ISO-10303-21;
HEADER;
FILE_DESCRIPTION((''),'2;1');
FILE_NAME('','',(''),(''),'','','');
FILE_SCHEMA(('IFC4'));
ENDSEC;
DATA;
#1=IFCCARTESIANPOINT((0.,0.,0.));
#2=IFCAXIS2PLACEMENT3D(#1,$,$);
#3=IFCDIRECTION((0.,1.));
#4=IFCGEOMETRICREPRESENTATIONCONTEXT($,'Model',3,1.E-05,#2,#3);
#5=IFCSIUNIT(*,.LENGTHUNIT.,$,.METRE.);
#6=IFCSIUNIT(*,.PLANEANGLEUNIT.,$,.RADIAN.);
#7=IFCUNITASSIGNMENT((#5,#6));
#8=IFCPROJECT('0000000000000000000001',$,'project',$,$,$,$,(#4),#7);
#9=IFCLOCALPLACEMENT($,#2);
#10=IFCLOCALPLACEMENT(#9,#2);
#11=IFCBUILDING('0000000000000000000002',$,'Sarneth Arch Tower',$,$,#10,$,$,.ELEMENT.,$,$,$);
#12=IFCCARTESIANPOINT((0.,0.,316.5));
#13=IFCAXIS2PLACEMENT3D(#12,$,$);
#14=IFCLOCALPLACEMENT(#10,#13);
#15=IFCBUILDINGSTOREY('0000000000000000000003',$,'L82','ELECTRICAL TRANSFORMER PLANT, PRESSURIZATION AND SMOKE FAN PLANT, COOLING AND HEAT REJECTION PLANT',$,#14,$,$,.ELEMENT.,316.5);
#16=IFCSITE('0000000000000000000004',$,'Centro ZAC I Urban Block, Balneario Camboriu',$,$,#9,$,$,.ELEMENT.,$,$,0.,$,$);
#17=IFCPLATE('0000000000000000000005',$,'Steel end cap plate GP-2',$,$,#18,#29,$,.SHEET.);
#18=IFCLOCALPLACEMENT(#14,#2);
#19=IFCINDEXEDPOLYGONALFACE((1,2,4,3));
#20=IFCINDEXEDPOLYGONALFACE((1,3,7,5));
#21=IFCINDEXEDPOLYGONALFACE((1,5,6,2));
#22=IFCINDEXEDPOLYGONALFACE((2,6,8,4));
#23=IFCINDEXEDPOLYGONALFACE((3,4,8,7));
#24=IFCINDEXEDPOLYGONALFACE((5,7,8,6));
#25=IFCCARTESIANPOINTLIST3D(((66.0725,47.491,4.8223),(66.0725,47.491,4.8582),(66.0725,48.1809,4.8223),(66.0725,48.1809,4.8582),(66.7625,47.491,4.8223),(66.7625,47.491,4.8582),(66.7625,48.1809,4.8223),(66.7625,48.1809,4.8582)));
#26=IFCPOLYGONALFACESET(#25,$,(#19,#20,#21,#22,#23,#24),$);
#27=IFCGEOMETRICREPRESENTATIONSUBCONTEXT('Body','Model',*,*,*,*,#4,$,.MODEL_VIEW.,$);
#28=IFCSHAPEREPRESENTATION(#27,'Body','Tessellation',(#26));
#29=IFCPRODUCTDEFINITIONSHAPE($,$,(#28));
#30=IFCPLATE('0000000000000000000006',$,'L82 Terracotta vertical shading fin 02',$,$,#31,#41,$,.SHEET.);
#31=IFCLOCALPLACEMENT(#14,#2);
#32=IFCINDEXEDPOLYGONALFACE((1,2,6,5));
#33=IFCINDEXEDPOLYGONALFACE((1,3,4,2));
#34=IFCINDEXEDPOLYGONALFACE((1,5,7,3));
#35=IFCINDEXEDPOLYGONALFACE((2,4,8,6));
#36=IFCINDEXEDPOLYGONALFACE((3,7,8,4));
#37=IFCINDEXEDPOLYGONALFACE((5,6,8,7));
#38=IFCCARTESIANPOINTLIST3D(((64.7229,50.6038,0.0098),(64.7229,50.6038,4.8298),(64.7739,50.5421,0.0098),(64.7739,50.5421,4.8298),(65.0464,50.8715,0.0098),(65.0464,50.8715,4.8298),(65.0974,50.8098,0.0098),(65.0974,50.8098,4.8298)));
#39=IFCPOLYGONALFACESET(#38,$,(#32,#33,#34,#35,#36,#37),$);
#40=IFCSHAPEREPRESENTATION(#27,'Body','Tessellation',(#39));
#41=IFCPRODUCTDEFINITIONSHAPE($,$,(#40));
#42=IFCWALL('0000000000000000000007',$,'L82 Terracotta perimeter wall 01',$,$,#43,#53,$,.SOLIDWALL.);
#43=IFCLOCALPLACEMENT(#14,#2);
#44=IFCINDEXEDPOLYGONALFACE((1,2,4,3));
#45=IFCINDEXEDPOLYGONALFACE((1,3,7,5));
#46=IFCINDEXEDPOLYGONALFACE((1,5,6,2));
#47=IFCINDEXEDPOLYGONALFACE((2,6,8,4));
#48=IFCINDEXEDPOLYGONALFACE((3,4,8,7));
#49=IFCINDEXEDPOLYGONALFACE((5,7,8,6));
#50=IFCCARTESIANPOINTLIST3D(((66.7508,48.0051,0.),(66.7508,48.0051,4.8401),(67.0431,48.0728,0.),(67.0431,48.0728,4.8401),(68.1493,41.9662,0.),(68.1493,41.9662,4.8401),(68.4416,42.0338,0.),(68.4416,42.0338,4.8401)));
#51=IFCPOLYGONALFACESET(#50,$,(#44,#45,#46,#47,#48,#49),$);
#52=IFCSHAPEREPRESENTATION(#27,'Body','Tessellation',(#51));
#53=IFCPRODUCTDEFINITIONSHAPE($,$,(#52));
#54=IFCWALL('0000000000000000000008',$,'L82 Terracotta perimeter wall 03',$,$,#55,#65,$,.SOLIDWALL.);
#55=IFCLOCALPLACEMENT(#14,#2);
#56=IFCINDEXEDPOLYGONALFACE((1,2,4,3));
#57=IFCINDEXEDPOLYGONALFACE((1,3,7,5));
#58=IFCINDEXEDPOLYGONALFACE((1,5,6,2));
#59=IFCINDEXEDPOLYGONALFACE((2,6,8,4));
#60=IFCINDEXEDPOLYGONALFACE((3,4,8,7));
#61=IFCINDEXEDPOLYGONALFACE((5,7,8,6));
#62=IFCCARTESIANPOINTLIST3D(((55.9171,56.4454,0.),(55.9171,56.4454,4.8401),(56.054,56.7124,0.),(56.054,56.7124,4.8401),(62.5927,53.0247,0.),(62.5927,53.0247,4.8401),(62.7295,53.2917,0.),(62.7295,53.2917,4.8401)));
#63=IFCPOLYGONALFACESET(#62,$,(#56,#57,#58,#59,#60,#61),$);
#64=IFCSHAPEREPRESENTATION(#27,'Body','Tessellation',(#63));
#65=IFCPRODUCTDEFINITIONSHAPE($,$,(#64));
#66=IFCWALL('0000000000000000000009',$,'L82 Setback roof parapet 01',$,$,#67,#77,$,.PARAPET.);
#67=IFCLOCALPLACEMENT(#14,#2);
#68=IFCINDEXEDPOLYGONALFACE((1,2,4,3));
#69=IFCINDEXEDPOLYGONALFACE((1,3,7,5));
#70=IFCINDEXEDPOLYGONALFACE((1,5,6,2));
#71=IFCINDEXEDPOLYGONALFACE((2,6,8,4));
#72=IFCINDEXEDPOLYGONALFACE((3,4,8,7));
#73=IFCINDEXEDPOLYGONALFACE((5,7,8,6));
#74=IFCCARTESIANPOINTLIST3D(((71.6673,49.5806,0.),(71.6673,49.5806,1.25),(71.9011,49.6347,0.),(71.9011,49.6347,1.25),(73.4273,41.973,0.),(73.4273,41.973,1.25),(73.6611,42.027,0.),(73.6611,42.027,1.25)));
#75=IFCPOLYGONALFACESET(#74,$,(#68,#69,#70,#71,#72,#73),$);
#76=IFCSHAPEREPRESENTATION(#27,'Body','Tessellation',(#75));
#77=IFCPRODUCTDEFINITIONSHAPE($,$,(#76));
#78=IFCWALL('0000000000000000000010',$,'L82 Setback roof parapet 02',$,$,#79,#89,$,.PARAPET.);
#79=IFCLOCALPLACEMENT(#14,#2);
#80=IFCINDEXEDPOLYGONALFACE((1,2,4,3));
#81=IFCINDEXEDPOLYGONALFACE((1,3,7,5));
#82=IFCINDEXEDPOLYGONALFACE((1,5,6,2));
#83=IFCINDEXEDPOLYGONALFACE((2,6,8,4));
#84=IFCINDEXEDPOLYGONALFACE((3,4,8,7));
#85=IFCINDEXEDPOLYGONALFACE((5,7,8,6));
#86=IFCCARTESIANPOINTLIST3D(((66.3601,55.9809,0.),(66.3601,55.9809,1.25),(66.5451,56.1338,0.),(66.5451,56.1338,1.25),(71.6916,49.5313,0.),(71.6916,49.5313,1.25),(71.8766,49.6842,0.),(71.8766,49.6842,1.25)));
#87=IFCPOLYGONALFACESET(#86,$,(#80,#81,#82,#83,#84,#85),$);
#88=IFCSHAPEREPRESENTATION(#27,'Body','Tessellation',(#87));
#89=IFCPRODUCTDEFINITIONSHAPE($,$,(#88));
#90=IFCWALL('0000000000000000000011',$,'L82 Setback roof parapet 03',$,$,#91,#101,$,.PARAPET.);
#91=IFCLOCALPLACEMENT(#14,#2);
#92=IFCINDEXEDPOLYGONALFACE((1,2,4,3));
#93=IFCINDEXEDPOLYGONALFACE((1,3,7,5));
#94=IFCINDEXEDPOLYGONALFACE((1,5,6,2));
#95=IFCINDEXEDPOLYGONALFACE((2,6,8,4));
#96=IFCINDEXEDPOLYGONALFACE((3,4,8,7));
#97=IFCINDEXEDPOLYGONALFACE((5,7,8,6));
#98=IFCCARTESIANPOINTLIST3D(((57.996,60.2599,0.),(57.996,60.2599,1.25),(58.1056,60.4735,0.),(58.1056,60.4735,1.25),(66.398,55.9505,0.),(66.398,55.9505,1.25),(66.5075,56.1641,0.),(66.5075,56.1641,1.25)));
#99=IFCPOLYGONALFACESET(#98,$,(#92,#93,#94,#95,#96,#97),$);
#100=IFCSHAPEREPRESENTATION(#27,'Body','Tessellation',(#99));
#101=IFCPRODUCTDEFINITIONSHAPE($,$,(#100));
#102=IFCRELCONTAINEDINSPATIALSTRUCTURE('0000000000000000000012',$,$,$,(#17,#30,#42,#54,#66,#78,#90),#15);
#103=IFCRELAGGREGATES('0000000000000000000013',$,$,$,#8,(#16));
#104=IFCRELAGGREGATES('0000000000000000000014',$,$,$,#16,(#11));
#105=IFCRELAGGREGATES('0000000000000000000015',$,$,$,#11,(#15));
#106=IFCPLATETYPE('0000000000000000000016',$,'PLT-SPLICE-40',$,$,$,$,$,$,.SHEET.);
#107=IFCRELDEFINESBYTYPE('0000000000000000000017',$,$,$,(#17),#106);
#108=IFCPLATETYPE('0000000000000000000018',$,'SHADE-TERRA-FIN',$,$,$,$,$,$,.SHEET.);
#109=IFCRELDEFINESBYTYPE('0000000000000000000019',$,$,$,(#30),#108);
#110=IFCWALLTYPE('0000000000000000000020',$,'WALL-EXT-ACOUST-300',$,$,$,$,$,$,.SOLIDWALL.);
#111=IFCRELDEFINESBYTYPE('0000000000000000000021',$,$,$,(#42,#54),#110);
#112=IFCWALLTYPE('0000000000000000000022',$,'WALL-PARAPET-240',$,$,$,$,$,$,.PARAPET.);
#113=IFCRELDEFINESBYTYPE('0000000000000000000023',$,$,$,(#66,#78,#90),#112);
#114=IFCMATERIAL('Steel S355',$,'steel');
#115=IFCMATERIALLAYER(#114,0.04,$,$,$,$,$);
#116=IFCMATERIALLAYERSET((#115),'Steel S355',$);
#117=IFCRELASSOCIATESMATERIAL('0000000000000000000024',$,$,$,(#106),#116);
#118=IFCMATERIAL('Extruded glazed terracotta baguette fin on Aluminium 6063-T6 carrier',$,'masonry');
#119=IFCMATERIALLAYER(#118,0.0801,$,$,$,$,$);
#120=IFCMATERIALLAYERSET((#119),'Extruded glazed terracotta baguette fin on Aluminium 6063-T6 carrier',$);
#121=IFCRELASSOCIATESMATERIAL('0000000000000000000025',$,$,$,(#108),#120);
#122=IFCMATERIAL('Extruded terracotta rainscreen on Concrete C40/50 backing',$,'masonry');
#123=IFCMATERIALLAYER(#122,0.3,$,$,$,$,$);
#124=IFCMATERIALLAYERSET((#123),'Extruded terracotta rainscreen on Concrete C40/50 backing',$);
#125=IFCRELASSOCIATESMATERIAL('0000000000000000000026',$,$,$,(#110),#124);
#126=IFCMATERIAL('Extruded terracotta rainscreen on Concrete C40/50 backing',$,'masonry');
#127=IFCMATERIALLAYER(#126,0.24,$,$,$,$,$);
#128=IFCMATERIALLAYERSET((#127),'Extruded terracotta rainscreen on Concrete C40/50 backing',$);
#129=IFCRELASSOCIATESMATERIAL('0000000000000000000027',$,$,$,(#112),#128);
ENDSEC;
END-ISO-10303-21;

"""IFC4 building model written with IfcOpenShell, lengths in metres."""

from ifc_helpers import new_model, si_unit, direction, frame, frame_2d, origin, origin_2d, place, context, subcontext, project, spatial, rectangle, extrude, material, layer, layer_set, type_object, element, save


model = new_model("IFC4")

# Units and contexts
model_context = context("Model", 3, precision=1e-05, world=origin(), true_north=direction((0.0, 1.0)))
body_context = subcontext(model_context, "Body", "Model", "MODEL_VIEW")
ifc_project = project(units=[si_unit("LENGTHUNIT", "METRE"), si_unit("PLANEANGLEUNIT", "RADIAN")], contexts=[model_context])

# Site, building, storey
site_placement = place(None, origin())
site = spatial("IfcSite", under=ifc_project, at=site_placement, Name="Centro ZAC I Urban Block, Balneario Camboriu", CompositionType="ELEMENT", RefElevation=0.0)
building_placement = place(site_placement, origin())
building = spatial("IfcBuilding", under=site, at=building_placement, Name="Sarneth Arch Tower", CompositionType="ELEMENT")
storey_placement = place(building_placement, frame((0.0, 0.0, 316.5)))
storey = spatial("IfcBuildingStorey", under=building, at=storey_placement, Name="L82", Description="ELECTRICAL TRANSFORMER PLANT, PRESSURIZATION AND SMOKE FAN PLANT, COOLING AND HEAT REJECTION PLANT", CompositionType="ELEMENT", Elevation=316.5)

# Plates
ifc_material_1 = material(Name="Steel S355", Category="steel")
ifc_layer_1 = layer(ifc_material_1, 0.04)
ifc_layer_set_1 = layer_set([ifc_layer_1], Name="Steel S355")
plate_type_1 = type_object("IfcPlateType", Name="PLT-SPLICE-40", PredefinedType="SHEET", material=ifc_layer_set_1)
for number, where, z_axis, x_axis, name in (
    (1, (66.4175, 47.8359, 4.8223), (0.0, 0.0, 1.0), (1.0, 0.0, 0.0), "Steel end cap plate GP-2"),
):
    element("IfcPlate", number, at=place(storey_placement, frame(where, z_axis=z_axis, x_axis=x_axis)), inside=storey, type_object=plate_type_1, Name=name, PredefinedType="SHEET", context=body_context, shape_type="SweptSolid", body=[
        extrude(rectangle(XDim=0.6899, YDim=0.6899, at=origin_2d()), origin(), (0.0, 0.0, 1.0), 0.0359),
    ])
ifc_material_2 = material(Name="Extruded glazed terracotta baguette fin on Aluminium 6063-T6 carrier", Category="masonry")
ifc_layer_2 = layer(ifc_material_2, 0.0801)
ifc_layer_set_2 = layer_set([ifc_layer_2], Name="Extruded glazed terracotta baguette fin on Aluminium 6063-T6 carrier")
plate_type_2 = type_object("IfcPlateType", Name="SHADE-TERRA-FIN", PredefinedType="SHEET", material=ifc_layer_set_2)
plate_1_placement = place(storey_placement, frame((64.9102, 50.7068, 0.0098), z_axis=(0.0, 0.0, 1.0), x_axis=(0.770402, 0.637558, 0.0)))
element("IfcPlate", 2, at=plate_1_placement, inside=storey, type_object=plate_type_2, Name="L82 Terracotta vertical shading fin 02", PredefinedType="SHEET", context=body_context, shape_type="SweptSolid", body=[
    extrude(rectangle(XDim=0.4199, YDim=0.0801, at=origin_2d()), origin(), (0.0, 0.0, 1.0), 4.8201),
])

# Walls
ifc_material_3 = material(Name="Extruded terracotta rainscreen on Concrete C40/50 backing", Category="masonry")
ifc_layer_3 = layer(ifc_material_3, 0.3)
ifc_layer_set_3 = layer_set([ifc_layer_3], Name="Extruded terracotta rainscreen on Concrete C40/50 backing")
wall_type_1 = type_object("IfcWallType", Name="WALL-EXT-ACOUST-300", PredefinedType="SOLIDWALL", material=ifc_layer_set_3)
wall_1_placement = place(storey_placement, frame((68.2954, 42.0, 0.0), z_axis=(0.0, 0.0, 1.0), x_axis=(-0.225604, 0.974219, 0.0)))
element("IfcWall", 3, at=wall_1_placement, inside=storey, type_object=wall_type_1, Name="L82 Terracotta perimeter wall 01", PredefinedType="SOLIDWALL", context=body_context, shape_type="SweptSolid", body=[
    extrude(rectangle(XDim=6.1987, YDim=0.3, at=frame_2d((3.0994, 0.0))), origin(), (0.0, 0.0, 1.0), 4.8401),
])
wall_2_placement = place(storey_placement, frame((62.6611, 53.1582, 0.0), z_axis=(0.0, 0.0, 1.0), x_axis=(-0.889963, 0.456032, 0.0)))
element("IfcWall", 4, at=wall_2_placement, inside=storey, type_object=wall_type_1, Name="L82 Terracotta perimeter wall 03", PredefinedType="SOLIDWALL", context=body_context, shape_type="SweptSolid", body=[
    extrude(rectangle(XDim=7.501, YDim=0.3, at=frame_2d((3.7505, 0.0))), origin(), (0.0, 0.0, 1.0), 4.8401),
])
ifc_material_4 = material(Name="Extruded terracotta rainscreen on Concrete C40/50 backing", Category="masonry")
ifc_layer_4 = layer(ifc_material_4, 0.24)
ifc_layer_set_4 = layer_set([ifc_layer_4], Name="Extruded terracotta rainscreen on Concrete C40/50 backing")
wall_type_2 = type_object("IfcWallType", Name="WALL-PARAPET-240", PredefinedType="PARAPET", material=ifc_layer_set_4)
wall_3_placement = place(storey_placement, frame((73.5442, 42.0, 0.0), z_axis=(0.0, 0.0, 1.0), x_axis=(-0.225394, 0.974268, 0.0)))
element("IfcWall", 5, at=wall_3_placement, inside=storey, type_object=wall_type_2, Name="L82 Setback roof parapet 01", PredefinedType="PARAPET", context=body_context, shape_type="SweptSolid", body=[
    extrude(rectangle(XDim=7.8086, YDim=0.24, at=frame_2d((3.9043, 0.0))), origin(), (0.0, 0.0, 1.0), 1.25),
])
wall_4_placement = place(storey_placement, frame((71.7842, 49.6077, 0.0), z_axis=(0.0, 0.0, 1.0), x_axis=(-0.637132, 0.770755, 0.0)))
element("IfcWall", 6, at=wall_4_placement, inside=storey, type_object=wall_type_2, Name="L82 Setback roof parapet 02", PredefinedType="PARAPET", context=body_context, shape_type="SweptSolid", body=[
    extrude(rectangle(XDim=8.3679, YDim=0.24, at=frame_2d((4.1841, 0.0))), origin(), (0.0, 0.0, 1.0), 1.25),
])
wall_5_placement = place(storey_placement, frame((66.4526, 56.0574, 0.0), z_axis=(0.0, 0.0, 1.0), x_axis=(-0.889788, 0.456374, 0.0)))
element("IfcWall", 7, at=wall_5_placement, inside=storey, type_object=wall_type_2, Name="L82 Setback roof parapet 03", PredefinedType="PARAPET", context=body_context, shape_type="SweptSolid", body=[
    extrude(rectangle(XDim=9.4426, YDim=0.24, at=frame_2d((4.7212, 0.0))), origin(), (0.0, 0.0, 1.0), 1.25),
])

save(model, "model.ifc")
